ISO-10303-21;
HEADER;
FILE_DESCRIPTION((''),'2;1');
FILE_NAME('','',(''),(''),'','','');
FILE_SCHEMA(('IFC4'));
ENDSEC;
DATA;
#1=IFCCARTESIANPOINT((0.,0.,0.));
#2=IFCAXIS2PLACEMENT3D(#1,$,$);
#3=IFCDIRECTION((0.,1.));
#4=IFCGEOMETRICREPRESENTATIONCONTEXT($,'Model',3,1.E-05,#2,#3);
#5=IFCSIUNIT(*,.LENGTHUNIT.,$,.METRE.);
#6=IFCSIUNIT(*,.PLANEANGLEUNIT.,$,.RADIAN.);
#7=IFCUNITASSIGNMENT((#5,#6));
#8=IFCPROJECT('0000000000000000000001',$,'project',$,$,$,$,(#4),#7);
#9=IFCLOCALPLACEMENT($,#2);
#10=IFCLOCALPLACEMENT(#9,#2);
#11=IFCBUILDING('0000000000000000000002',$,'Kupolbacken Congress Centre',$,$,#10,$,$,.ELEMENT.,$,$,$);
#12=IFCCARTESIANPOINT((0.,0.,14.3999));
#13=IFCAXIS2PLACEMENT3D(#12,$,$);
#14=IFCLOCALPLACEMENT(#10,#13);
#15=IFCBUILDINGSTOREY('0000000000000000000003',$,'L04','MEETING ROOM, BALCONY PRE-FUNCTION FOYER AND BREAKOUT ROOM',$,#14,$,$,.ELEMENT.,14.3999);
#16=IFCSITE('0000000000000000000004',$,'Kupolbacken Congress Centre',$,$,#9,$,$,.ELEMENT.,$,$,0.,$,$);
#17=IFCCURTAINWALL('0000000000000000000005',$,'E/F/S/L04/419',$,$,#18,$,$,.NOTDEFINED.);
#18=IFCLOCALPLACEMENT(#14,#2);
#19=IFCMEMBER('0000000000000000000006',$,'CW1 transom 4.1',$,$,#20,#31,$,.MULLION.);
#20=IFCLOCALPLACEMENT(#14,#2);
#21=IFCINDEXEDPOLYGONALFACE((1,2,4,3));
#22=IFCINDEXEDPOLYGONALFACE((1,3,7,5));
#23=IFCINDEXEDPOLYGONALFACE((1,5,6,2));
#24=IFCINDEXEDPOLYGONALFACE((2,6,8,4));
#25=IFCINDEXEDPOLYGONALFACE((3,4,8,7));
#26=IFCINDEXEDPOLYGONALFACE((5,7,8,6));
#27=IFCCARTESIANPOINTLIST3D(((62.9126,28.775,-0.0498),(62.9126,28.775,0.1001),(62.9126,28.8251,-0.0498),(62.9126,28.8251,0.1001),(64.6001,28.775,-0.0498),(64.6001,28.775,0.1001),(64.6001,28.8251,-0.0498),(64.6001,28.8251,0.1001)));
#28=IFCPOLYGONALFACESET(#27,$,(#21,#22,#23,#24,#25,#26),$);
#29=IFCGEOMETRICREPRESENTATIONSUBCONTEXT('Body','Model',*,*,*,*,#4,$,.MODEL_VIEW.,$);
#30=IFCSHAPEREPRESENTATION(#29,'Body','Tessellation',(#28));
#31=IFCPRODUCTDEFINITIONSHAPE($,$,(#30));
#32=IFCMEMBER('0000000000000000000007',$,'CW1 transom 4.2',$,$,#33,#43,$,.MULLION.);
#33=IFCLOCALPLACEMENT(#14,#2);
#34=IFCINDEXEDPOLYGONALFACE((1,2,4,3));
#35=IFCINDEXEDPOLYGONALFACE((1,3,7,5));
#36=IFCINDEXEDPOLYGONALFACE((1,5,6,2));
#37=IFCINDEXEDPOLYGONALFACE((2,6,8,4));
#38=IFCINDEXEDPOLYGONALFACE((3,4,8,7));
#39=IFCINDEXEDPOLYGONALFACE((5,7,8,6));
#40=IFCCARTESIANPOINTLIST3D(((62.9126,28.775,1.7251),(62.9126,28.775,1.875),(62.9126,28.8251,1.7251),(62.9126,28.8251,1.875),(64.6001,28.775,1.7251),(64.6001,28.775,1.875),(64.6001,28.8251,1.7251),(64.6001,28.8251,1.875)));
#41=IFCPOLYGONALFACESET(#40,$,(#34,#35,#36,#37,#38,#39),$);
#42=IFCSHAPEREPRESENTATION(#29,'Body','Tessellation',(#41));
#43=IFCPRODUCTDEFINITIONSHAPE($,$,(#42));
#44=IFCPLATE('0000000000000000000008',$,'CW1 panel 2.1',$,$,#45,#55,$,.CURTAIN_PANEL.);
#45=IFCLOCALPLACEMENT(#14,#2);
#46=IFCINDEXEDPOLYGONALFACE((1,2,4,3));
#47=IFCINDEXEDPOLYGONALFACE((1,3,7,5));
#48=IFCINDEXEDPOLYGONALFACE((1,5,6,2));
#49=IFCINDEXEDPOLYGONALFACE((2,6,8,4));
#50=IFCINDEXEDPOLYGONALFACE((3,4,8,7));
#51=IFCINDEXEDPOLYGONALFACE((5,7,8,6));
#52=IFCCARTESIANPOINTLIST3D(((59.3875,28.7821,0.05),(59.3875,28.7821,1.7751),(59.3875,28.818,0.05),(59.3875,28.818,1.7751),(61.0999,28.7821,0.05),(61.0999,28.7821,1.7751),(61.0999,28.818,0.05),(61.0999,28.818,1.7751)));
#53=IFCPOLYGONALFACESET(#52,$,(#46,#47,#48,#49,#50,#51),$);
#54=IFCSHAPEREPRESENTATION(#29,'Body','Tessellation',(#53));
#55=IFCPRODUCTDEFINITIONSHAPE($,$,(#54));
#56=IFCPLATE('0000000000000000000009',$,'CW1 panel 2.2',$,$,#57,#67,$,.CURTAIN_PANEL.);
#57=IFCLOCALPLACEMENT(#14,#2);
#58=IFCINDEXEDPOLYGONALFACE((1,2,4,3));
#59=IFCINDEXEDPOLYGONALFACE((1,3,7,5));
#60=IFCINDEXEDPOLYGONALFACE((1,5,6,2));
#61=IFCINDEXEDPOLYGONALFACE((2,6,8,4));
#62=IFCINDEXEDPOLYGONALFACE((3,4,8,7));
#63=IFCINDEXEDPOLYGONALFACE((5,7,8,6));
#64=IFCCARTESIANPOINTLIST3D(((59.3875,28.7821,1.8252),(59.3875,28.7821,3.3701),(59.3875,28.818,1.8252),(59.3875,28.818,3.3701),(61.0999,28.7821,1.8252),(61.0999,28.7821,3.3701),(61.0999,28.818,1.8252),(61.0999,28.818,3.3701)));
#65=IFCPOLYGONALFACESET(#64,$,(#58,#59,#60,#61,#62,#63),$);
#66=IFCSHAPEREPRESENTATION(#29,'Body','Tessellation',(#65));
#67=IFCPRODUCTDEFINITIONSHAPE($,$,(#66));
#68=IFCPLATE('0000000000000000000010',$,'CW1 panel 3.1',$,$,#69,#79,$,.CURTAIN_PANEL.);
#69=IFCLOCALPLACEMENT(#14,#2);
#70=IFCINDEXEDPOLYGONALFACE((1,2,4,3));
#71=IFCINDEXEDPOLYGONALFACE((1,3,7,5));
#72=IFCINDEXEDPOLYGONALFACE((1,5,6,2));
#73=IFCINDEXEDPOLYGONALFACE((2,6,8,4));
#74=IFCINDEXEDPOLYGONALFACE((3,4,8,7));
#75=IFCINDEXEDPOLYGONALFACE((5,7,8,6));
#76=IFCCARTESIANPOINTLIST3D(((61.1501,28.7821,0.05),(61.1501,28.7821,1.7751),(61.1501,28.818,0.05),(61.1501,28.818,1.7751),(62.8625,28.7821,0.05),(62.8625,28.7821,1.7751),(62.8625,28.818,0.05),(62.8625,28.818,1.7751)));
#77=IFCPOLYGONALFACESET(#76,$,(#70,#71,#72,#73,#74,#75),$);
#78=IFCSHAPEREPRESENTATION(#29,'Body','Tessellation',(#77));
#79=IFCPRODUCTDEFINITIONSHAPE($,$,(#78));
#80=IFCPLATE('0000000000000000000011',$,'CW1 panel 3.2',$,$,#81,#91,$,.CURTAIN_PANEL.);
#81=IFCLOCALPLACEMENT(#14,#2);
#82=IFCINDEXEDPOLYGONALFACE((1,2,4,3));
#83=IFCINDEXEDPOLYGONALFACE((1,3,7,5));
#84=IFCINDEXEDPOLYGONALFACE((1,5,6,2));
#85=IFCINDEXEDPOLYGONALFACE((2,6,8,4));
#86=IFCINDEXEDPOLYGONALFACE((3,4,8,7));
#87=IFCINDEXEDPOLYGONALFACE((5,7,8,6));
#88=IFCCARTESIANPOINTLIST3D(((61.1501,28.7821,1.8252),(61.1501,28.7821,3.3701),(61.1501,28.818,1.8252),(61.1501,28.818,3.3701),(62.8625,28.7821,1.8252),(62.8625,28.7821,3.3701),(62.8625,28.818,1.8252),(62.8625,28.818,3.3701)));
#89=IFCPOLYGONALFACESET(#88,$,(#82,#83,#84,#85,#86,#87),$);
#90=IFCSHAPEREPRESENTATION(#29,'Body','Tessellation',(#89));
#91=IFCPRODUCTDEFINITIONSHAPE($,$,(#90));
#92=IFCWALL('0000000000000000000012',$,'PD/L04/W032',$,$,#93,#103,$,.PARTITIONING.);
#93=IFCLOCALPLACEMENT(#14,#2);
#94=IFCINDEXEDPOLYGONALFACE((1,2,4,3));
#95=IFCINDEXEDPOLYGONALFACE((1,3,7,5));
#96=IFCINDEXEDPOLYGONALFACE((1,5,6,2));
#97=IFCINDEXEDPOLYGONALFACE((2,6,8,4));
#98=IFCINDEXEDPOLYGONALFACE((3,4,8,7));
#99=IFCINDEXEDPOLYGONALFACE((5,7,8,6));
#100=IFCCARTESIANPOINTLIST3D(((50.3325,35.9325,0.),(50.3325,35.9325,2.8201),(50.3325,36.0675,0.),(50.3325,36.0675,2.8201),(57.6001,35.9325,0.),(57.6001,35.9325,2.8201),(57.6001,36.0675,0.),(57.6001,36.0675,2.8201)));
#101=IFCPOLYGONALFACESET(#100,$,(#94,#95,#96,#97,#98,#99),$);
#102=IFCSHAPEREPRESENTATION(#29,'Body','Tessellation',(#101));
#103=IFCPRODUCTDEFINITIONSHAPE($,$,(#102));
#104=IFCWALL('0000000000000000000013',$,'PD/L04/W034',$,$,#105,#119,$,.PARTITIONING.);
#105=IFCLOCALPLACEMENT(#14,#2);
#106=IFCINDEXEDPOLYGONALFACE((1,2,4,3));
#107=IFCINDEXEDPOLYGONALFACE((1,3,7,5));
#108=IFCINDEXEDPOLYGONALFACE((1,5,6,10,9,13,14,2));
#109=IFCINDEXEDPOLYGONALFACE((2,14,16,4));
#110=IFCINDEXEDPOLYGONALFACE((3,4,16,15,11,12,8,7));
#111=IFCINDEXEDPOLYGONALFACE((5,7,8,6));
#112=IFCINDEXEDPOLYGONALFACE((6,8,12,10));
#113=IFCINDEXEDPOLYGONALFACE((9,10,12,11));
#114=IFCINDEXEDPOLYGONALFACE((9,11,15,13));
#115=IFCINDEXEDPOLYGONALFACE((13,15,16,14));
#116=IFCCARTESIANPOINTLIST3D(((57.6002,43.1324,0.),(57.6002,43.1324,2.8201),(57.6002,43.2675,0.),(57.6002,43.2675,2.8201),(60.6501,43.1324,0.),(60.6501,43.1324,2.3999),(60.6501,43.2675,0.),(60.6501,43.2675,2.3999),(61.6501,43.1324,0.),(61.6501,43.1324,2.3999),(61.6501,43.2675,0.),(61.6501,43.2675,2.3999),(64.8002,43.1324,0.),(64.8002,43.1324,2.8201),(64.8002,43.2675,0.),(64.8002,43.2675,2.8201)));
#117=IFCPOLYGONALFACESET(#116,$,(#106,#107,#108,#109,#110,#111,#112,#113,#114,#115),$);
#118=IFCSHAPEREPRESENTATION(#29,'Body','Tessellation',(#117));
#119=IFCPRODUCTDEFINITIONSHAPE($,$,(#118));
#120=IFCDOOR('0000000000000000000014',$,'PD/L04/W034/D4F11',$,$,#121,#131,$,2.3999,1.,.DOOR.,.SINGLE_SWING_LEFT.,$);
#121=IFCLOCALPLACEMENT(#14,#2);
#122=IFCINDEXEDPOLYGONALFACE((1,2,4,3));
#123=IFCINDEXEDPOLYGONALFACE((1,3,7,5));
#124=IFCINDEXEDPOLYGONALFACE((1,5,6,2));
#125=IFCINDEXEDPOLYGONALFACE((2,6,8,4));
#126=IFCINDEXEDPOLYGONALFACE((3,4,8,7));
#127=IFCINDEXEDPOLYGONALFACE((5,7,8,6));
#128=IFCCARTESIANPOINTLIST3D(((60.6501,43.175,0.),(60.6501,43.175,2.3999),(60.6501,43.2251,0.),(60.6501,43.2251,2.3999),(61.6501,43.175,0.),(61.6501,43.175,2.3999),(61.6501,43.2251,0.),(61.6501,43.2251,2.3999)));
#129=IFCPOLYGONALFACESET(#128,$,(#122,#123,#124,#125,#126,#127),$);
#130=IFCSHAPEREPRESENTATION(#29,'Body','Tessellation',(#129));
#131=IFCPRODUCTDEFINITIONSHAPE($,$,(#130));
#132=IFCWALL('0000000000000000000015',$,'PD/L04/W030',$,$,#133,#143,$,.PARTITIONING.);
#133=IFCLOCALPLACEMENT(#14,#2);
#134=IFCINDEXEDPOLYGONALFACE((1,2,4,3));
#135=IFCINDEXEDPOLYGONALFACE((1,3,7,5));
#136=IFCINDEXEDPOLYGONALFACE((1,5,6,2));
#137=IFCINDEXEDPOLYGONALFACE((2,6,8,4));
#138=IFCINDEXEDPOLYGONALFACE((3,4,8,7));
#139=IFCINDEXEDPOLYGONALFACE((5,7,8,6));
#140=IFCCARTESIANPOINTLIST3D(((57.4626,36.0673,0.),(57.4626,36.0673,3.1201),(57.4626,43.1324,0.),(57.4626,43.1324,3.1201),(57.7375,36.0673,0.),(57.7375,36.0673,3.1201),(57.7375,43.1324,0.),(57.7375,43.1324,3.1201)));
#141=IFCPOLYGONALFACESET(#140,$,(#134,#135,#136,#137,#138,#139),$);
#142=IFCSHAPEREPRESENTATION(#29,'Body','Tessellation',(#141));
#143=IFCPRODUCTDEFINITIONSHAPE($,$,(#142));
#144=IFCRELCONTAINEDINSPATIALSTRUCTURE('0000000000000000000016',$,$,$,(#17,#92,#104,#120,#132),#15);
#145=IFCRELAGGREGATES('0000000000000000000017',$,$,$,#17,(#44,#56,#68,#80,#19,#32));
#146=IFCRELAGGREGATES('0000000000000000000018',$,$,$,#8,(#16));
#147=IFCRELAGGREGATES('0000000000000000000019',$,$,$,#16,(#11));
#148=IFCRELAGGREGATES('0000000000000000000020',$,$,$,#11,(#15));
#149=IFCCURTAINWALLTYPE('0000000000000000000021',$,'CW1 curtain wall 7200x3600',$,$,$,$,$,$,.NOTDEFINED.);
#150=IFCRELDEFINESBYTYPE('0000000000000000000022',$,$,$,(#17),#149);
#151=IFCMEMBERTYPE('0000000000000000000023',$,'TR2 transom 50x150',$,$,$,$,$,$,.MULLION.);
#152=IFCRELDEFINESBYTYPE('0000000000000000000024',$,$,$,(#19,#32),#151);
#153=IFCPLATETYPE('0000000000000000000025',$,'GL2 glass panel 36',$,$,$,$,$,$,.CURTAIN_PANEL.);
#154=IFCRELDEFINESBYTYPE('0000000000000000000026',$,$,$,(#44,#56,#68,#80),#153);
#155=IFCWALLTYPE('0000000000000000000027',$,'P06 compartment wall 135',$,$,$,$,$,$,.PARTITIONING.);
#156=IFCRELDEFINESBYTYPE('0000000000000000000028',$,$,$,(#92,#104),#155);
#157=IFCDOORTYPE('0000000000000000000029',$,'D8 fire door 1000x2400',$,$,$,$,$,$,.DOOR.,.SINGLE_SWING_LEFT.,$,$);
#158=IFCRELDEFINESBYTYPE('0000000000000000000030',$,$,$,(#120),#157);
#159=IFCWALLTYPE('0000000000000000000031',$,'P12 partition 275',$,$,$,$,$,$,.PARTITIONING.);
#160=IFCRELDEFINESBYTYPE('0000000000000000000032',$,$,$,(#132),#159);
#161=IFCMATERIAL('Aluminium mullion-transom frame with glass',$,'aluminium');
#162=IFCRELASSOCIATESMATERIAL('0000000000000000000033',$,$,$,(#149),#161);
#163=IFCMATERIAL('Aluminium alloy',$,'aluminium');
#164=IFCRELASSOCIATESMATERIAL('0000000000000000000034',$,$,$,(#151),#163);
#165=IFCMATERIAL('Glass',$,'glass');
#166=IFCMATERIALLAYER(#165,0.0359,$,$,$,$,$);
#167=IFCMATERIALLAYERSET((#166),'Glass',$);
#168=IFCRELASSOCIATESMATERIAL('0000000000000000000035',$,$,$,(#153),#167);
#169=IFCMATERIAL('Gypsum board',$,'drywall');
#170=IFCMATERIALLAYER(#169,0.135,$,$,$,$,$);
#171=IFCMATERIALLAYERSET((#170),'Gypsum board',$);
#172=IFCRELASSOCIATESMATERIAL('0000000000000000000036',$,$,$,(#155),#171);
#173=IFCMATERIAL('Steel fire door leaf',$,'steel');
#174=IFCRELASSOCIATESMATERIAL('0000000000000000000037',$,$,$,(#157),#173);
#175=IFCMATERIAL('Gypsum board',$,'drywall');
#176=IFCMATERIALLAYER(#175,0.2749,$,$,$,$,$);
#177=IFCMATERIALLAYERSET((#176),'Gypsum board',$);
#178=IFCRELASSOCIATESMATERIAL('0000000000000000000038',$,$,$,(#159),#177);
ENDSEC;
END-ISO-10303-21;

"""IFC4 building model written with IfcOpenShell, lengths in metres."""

from ifc_helpers import new_model, si_unit, direction, frame, frame_2d, origin, origin_2d, place, context, subcontext, project, spatial, rectangle, extrude, material, layer, layer_set, material_profile, profile_set, type_object, element, fill, aggregate, save


model = new_model("IFC4")

# Units and contexts
model_context = context("Model", 3, precision=1e-05, world=origin(), true_north=direction((0.0, 1.0)))
body_context = subcontext(model_context, "Body", "Model", "MODEL_VIEW")
ifc_project = project(units=[si_unit("LENGTHUNIT", "METRE"), si_unit("PLANEANGLEUNIT", "RADIAN")], contexts=[model_context])

# Site, building, storey
site_placement = place(None, origin())
site = spatial("IfcSite", under=ifc_project, at=site_placement, Name="Kupolbacken Congress Centre", CompositionType="ELEMENT", RefElevation=0.0)
building_placement = place(site_placement, origin())
building = spatial("IfcBuilding", under=site, at=building_placement, Name="Kupolbacken Congress Centre", CompositionType="ELEMENT")
storey_placement = place(building_placement, frame((0.0, 0.0, 14.3999)))
storey = spatial("IfcBuildingStorey", under=building, at=storey_placement, Name="L04", Description="MEETING ROOM, BALCONY PRE-FUNCTION FOYER AND BREAKOUT ROOM", CompositionType="ELEMENT", Elevation=14.3999)

# Curtain wall, members, plates
ifc_material_1 = material(Name="Aluminium mullion-transom frame with glass", Category="aluminium")
curtain_wall_type = type_object("IfcCurtainWallType", Name="CW1 curtain wall 7200x3600", PredefinedType="NOTDEFINED", material=ifc_material_1)
curtain_wall_placement = place(storey_placement, origin())
curtain_wall = element("IfcCurtainWall", 1, at=curtain_wall_placement, inside=storey, type_object=curtain_wall_type, Name="E/F/S/L04/419", PredefinedType="NOTDEFINED")
ifc_material_2 = material(Name="Aluminium alloy", Category="aluminium")
ifc_material_profile_1 = material_profile(ifc_material_2, rectangle(XDim=0.05, YDim=0.1499, at=origin_2d()), Name="50 x 150")
ifc_profile_set_1 = profile_set([ifc_material_profile_1], Name="Aluminium alloy")
member_type_1 = type_object("IfcMemberType", Name="TR2 transom 50x150", PredefinedType="MULLION", material=ifc_profile_set_1)
member_1_placement = place(storey_placement, frame((62.9126, 28.8, 0.0251), z_axis=(1.0, 0.0, 0.0), x_axis=(0.0, 1.0, 0.0)))
member_1 = element("IfcMember", 2, at=member_1_placement, type_object=member_type_1, Name="CW1 transom 4.1", PredefinedType="MULLION", context=body_context, shape_type="SweptSolid", body=[
    extrude(rectangle(XDim=0.05, YDim=0.1499, at=origin_2d()), origin(), (0.0, 0.0, 1.0), 1.6875),
])
member_2_placement = place(storey_placement, frame((62.9126, 28.8, 1.8), z_axis=(1.0, 0.0, 0.0), x_axis=(0.0, 1.0, 0.0)))
member_2 = element("IfcMember", 3, at=member_2_placement, type_object=member_type_1, Name="CW1 transom 4.2", PredefinedType="MULLION", context=body_context, shape_type="SweptSolid", body=[
    extrude(rectangle(XDim=0.05, YDim=0.1499, at=origin_2d()), origin(), (0.0, 0.0, 1.0), 1.6875),
])
ifc_material_3 = material(Name="Glass", Category="glass")
ifc_layer_1 = layer(ifc_material_3, 0.0359)
ifc_layer_set_1 = layer_set([ifc_layer_1], Name="Glass")
plate_type = type_object("IfcPlateType", Name="GL2 glass panel 36", PredefinedType="CURTAIN_PANEL", material=ifc_layer_set_1)
plate_1_placement = place(storey_placement, frame((60.2437, 28.8, 0.05), z_axis=(0.0, 0.0, 1.0), x_axis=(1.0, 0.0, 0.0)))
plate_1 = element("IfcPlate", 4, at=plate_1_placement, type_object=plate_type, Name="CW1 panel 2.1", PredefinedType="CURTAIN_PANEL", context=body_context, shape_type="SweptSolid", body=[
    extrude(rectangle(XDim=1.7124, YDim=0.0359, at=origin_2d()), origin(), (0.0, 0.0, 1.0), 1.7251),
])
plate_2_placement = place(storey_placement, frame((60.2437, 28.8, 1.8252), z_axis=(0.0, 0.0, 1.0), x_axis=(1.0, 0.0, 0.0)))
plate_2 = element("IfcPlate", 5, at=plate_2_placement, type_object=plate_type, Name="CW1 panel 2.2", PredefinedType="CURTAIN_PANEL", context=body_context, shape_type="SweptSolid", body=[
    extrude(rectangle(XDim=1.7124, YDim=0.0359, at=origin_2d()), origin(), (0.0, 0.0, 1.0), 1.5449),
])
plate_3_placement = place(storey_placement, frame((62.0063, 28.8, 0.05), z_axis=(0.0, 0.0, 1.0), x_axis=(1.0, 0.0, 0.0)))
plate_3 = element("IfcPlate", 6, at=plate_3_placement, type_object=plate_type, Name="CW1 panel 3.1", PredefinedType="CURTAIN_PANEL", context=body_context, shape_type="SweptSolid", body=[
    extrude(rectangle(XDim=1.7124, YDim=0.0359, at=origin_2d()), origin(), (0.0, 0.0, 1.0), 1.7251),
])
plate_4_placement = place(storey_placement, frame((62.0063, 28.8, 1.8252), z_axis=(0.0, 0.0, 1.0), x_axis=(1.0, 0.0, 0.0)))
plate_4 = element("IfcPlate", 7, at=plate_4_placement, type_object=plate_type, Name="CW1 panel 3.2", PredefinedType="CURTAIN_PANEL", context=body_context, shape_type="SweptSolid", body=[
    extrude(rectangle(XDim=1.7124, YDim=0.0359, at=origin_2d()), origin(), (0.0, 0.0, 1.0), 1.5449),
])
aggregate(curtain_wall, [plate_1, plate_2, plate_3, plate_4, member_1, member_2])

# Wall
ifc_material_4 = material(Name="Gypsum board", Category="drywall")
ifc_layer_2 = layer(ifc_material_4, 0.135)
ifc_layer_set_2 = layer_set([ifc_layer_2], Name="Gypsum board")
wall_type_1 = type_object("IfcWallType", Name="P06 compartment wall 135", PredefinedType="PARTITIONING", material=ifc_layer_set_2)
wall_1_placement = place(storey_placement, frame((57.6001, 36.0, 0.0), z_axis=(0.0, 0.0, 1.0), x_axis=(-1.0, 0.0, 0.0)))
element("IfcWall", 8, at=wall_1_placement, inside=storey, type_object=wall_type_1, Name="PD/L04/W032", PredefinedType="PARTITIONING", context=body_context, shape_type="SweptSolid", body=[
    extrude(rectangle(XDim=7.2676, YDim=0.135, at=frame_2d((3.6338, 0.0))), origin(), (0.0, 0.0, 1.0), 2.8201),
])

# Wall, opening, door
wall_2_placement = place(storey_placement, frame((57.6001, 43.2, 0.0), z_axis=(0.0, 0.0, 1.0), x_axis=(1.0, 0.0, 0.0)))
wall_2 = element("IfcWall", 9, at=wall_2_placement, inside=storey, type_object=wall_type_1, Name="PD/L04/W034", PredefinedType="PARTITIONING", context=body_context, shape_type="SweptSolid", body=[
    extrude(rectangle(XDim=7.2, YDim=0.135, at=frame_2d((3.6001, 0.0))), origin(), (0.0, 0.0, 1.0), 2.8201),
])
opening_placement = place(wall_2_placement, frame((3.05, 0.0, 0.0)))
opening = element("IfcOpeningElement", 10, at=opening_placement, cuts=wall_2, PredefinedType="OPENING", context=body_context, shape_type="SweptSolid", body=[
    extrude(rectangle(XDim=1.0, YDim=2.3999, at=frame_2d((0.5, 1.2))), frame((0.0, 0.0774, 0.0), z_axis=(0.0, -1.0, 0.0), x_axis=(1.0, 0.0, 0.0)), (0.0, 0.0, 1.0), 0.155),
])
ifc_material_5 = material(Name="Steel fire door leaf", Category="steel")
door_type = type_object("IfcDoorType", Name="D8 fire door 1000x2400", OperationType="SINGLE_SWING_LEFT", PredefinedType="DOOR", material=ifc_material_5)
door_placement = place(opening_placement, frame((1.0, 0.0, 0.0), z_axis=(0.0, 0.0, 1.0), x_axis=(-1.0, 0.0, 0.0)))
door = element("IfcDoor", 11, at=door_placement, inside=storey, type_object=door_type, Name="PD/L04/W034/D4F11", OperationType="SINGLE_SWING_LEFT", OverallHeight=2.3999, OverallWidth=1.0, PredefinedType="DOOR", context=body_context, shape_type="SweptSolid", body=[
    extrude(rectangle(XDim=1.0, YDim=2.3999, at=frame_2d((0.5, 1.2))), frame((0.0, 0.0249, 0.0), z_axis=(0.0, -1.0, 0.0), x_axis=(1.0, 0.0, 0.0)), (0.0, 0.0, 1.0), 0.05),
])
fill(opening, door)

# Wall
ifc_material_6 = material(Name="Gypsum board", Category="drywall")
ifc_layer_3 = layer(ifc_material_6, 0.2749)
ifc_layer_set_3 = layer_set([ifc_layer_3], Name="Gypsum board")
wall_type_2 = type_object("IfcWallType", Name="P12 partition 275", PredefinedType="PARTITIONING", material=ifc_layer_set_3)
wall_3_placement = place(storey_placement, frame((57.6001, 43.1326, 0.0), z_axis=(0.0, 0.0, 1.0), x_axis=(0.0, -1.0, 0.0)))
element("IfcWall", 12, at=wall_3_placement, inside=storey, type_object=wall_type_2, Name="PD/L04/W030", PredefinedType="PARTITIONING", context=body_context, shape_type="SweptSolid", body=[
    extrude(rectangle(XDim=7.0652, YDim=0.2749, at=frame_2d((3.5327, 0.0))), origin(), (0.0, 0.0, 1.0), 3.1201),
])

save(model, "model.ifc")
